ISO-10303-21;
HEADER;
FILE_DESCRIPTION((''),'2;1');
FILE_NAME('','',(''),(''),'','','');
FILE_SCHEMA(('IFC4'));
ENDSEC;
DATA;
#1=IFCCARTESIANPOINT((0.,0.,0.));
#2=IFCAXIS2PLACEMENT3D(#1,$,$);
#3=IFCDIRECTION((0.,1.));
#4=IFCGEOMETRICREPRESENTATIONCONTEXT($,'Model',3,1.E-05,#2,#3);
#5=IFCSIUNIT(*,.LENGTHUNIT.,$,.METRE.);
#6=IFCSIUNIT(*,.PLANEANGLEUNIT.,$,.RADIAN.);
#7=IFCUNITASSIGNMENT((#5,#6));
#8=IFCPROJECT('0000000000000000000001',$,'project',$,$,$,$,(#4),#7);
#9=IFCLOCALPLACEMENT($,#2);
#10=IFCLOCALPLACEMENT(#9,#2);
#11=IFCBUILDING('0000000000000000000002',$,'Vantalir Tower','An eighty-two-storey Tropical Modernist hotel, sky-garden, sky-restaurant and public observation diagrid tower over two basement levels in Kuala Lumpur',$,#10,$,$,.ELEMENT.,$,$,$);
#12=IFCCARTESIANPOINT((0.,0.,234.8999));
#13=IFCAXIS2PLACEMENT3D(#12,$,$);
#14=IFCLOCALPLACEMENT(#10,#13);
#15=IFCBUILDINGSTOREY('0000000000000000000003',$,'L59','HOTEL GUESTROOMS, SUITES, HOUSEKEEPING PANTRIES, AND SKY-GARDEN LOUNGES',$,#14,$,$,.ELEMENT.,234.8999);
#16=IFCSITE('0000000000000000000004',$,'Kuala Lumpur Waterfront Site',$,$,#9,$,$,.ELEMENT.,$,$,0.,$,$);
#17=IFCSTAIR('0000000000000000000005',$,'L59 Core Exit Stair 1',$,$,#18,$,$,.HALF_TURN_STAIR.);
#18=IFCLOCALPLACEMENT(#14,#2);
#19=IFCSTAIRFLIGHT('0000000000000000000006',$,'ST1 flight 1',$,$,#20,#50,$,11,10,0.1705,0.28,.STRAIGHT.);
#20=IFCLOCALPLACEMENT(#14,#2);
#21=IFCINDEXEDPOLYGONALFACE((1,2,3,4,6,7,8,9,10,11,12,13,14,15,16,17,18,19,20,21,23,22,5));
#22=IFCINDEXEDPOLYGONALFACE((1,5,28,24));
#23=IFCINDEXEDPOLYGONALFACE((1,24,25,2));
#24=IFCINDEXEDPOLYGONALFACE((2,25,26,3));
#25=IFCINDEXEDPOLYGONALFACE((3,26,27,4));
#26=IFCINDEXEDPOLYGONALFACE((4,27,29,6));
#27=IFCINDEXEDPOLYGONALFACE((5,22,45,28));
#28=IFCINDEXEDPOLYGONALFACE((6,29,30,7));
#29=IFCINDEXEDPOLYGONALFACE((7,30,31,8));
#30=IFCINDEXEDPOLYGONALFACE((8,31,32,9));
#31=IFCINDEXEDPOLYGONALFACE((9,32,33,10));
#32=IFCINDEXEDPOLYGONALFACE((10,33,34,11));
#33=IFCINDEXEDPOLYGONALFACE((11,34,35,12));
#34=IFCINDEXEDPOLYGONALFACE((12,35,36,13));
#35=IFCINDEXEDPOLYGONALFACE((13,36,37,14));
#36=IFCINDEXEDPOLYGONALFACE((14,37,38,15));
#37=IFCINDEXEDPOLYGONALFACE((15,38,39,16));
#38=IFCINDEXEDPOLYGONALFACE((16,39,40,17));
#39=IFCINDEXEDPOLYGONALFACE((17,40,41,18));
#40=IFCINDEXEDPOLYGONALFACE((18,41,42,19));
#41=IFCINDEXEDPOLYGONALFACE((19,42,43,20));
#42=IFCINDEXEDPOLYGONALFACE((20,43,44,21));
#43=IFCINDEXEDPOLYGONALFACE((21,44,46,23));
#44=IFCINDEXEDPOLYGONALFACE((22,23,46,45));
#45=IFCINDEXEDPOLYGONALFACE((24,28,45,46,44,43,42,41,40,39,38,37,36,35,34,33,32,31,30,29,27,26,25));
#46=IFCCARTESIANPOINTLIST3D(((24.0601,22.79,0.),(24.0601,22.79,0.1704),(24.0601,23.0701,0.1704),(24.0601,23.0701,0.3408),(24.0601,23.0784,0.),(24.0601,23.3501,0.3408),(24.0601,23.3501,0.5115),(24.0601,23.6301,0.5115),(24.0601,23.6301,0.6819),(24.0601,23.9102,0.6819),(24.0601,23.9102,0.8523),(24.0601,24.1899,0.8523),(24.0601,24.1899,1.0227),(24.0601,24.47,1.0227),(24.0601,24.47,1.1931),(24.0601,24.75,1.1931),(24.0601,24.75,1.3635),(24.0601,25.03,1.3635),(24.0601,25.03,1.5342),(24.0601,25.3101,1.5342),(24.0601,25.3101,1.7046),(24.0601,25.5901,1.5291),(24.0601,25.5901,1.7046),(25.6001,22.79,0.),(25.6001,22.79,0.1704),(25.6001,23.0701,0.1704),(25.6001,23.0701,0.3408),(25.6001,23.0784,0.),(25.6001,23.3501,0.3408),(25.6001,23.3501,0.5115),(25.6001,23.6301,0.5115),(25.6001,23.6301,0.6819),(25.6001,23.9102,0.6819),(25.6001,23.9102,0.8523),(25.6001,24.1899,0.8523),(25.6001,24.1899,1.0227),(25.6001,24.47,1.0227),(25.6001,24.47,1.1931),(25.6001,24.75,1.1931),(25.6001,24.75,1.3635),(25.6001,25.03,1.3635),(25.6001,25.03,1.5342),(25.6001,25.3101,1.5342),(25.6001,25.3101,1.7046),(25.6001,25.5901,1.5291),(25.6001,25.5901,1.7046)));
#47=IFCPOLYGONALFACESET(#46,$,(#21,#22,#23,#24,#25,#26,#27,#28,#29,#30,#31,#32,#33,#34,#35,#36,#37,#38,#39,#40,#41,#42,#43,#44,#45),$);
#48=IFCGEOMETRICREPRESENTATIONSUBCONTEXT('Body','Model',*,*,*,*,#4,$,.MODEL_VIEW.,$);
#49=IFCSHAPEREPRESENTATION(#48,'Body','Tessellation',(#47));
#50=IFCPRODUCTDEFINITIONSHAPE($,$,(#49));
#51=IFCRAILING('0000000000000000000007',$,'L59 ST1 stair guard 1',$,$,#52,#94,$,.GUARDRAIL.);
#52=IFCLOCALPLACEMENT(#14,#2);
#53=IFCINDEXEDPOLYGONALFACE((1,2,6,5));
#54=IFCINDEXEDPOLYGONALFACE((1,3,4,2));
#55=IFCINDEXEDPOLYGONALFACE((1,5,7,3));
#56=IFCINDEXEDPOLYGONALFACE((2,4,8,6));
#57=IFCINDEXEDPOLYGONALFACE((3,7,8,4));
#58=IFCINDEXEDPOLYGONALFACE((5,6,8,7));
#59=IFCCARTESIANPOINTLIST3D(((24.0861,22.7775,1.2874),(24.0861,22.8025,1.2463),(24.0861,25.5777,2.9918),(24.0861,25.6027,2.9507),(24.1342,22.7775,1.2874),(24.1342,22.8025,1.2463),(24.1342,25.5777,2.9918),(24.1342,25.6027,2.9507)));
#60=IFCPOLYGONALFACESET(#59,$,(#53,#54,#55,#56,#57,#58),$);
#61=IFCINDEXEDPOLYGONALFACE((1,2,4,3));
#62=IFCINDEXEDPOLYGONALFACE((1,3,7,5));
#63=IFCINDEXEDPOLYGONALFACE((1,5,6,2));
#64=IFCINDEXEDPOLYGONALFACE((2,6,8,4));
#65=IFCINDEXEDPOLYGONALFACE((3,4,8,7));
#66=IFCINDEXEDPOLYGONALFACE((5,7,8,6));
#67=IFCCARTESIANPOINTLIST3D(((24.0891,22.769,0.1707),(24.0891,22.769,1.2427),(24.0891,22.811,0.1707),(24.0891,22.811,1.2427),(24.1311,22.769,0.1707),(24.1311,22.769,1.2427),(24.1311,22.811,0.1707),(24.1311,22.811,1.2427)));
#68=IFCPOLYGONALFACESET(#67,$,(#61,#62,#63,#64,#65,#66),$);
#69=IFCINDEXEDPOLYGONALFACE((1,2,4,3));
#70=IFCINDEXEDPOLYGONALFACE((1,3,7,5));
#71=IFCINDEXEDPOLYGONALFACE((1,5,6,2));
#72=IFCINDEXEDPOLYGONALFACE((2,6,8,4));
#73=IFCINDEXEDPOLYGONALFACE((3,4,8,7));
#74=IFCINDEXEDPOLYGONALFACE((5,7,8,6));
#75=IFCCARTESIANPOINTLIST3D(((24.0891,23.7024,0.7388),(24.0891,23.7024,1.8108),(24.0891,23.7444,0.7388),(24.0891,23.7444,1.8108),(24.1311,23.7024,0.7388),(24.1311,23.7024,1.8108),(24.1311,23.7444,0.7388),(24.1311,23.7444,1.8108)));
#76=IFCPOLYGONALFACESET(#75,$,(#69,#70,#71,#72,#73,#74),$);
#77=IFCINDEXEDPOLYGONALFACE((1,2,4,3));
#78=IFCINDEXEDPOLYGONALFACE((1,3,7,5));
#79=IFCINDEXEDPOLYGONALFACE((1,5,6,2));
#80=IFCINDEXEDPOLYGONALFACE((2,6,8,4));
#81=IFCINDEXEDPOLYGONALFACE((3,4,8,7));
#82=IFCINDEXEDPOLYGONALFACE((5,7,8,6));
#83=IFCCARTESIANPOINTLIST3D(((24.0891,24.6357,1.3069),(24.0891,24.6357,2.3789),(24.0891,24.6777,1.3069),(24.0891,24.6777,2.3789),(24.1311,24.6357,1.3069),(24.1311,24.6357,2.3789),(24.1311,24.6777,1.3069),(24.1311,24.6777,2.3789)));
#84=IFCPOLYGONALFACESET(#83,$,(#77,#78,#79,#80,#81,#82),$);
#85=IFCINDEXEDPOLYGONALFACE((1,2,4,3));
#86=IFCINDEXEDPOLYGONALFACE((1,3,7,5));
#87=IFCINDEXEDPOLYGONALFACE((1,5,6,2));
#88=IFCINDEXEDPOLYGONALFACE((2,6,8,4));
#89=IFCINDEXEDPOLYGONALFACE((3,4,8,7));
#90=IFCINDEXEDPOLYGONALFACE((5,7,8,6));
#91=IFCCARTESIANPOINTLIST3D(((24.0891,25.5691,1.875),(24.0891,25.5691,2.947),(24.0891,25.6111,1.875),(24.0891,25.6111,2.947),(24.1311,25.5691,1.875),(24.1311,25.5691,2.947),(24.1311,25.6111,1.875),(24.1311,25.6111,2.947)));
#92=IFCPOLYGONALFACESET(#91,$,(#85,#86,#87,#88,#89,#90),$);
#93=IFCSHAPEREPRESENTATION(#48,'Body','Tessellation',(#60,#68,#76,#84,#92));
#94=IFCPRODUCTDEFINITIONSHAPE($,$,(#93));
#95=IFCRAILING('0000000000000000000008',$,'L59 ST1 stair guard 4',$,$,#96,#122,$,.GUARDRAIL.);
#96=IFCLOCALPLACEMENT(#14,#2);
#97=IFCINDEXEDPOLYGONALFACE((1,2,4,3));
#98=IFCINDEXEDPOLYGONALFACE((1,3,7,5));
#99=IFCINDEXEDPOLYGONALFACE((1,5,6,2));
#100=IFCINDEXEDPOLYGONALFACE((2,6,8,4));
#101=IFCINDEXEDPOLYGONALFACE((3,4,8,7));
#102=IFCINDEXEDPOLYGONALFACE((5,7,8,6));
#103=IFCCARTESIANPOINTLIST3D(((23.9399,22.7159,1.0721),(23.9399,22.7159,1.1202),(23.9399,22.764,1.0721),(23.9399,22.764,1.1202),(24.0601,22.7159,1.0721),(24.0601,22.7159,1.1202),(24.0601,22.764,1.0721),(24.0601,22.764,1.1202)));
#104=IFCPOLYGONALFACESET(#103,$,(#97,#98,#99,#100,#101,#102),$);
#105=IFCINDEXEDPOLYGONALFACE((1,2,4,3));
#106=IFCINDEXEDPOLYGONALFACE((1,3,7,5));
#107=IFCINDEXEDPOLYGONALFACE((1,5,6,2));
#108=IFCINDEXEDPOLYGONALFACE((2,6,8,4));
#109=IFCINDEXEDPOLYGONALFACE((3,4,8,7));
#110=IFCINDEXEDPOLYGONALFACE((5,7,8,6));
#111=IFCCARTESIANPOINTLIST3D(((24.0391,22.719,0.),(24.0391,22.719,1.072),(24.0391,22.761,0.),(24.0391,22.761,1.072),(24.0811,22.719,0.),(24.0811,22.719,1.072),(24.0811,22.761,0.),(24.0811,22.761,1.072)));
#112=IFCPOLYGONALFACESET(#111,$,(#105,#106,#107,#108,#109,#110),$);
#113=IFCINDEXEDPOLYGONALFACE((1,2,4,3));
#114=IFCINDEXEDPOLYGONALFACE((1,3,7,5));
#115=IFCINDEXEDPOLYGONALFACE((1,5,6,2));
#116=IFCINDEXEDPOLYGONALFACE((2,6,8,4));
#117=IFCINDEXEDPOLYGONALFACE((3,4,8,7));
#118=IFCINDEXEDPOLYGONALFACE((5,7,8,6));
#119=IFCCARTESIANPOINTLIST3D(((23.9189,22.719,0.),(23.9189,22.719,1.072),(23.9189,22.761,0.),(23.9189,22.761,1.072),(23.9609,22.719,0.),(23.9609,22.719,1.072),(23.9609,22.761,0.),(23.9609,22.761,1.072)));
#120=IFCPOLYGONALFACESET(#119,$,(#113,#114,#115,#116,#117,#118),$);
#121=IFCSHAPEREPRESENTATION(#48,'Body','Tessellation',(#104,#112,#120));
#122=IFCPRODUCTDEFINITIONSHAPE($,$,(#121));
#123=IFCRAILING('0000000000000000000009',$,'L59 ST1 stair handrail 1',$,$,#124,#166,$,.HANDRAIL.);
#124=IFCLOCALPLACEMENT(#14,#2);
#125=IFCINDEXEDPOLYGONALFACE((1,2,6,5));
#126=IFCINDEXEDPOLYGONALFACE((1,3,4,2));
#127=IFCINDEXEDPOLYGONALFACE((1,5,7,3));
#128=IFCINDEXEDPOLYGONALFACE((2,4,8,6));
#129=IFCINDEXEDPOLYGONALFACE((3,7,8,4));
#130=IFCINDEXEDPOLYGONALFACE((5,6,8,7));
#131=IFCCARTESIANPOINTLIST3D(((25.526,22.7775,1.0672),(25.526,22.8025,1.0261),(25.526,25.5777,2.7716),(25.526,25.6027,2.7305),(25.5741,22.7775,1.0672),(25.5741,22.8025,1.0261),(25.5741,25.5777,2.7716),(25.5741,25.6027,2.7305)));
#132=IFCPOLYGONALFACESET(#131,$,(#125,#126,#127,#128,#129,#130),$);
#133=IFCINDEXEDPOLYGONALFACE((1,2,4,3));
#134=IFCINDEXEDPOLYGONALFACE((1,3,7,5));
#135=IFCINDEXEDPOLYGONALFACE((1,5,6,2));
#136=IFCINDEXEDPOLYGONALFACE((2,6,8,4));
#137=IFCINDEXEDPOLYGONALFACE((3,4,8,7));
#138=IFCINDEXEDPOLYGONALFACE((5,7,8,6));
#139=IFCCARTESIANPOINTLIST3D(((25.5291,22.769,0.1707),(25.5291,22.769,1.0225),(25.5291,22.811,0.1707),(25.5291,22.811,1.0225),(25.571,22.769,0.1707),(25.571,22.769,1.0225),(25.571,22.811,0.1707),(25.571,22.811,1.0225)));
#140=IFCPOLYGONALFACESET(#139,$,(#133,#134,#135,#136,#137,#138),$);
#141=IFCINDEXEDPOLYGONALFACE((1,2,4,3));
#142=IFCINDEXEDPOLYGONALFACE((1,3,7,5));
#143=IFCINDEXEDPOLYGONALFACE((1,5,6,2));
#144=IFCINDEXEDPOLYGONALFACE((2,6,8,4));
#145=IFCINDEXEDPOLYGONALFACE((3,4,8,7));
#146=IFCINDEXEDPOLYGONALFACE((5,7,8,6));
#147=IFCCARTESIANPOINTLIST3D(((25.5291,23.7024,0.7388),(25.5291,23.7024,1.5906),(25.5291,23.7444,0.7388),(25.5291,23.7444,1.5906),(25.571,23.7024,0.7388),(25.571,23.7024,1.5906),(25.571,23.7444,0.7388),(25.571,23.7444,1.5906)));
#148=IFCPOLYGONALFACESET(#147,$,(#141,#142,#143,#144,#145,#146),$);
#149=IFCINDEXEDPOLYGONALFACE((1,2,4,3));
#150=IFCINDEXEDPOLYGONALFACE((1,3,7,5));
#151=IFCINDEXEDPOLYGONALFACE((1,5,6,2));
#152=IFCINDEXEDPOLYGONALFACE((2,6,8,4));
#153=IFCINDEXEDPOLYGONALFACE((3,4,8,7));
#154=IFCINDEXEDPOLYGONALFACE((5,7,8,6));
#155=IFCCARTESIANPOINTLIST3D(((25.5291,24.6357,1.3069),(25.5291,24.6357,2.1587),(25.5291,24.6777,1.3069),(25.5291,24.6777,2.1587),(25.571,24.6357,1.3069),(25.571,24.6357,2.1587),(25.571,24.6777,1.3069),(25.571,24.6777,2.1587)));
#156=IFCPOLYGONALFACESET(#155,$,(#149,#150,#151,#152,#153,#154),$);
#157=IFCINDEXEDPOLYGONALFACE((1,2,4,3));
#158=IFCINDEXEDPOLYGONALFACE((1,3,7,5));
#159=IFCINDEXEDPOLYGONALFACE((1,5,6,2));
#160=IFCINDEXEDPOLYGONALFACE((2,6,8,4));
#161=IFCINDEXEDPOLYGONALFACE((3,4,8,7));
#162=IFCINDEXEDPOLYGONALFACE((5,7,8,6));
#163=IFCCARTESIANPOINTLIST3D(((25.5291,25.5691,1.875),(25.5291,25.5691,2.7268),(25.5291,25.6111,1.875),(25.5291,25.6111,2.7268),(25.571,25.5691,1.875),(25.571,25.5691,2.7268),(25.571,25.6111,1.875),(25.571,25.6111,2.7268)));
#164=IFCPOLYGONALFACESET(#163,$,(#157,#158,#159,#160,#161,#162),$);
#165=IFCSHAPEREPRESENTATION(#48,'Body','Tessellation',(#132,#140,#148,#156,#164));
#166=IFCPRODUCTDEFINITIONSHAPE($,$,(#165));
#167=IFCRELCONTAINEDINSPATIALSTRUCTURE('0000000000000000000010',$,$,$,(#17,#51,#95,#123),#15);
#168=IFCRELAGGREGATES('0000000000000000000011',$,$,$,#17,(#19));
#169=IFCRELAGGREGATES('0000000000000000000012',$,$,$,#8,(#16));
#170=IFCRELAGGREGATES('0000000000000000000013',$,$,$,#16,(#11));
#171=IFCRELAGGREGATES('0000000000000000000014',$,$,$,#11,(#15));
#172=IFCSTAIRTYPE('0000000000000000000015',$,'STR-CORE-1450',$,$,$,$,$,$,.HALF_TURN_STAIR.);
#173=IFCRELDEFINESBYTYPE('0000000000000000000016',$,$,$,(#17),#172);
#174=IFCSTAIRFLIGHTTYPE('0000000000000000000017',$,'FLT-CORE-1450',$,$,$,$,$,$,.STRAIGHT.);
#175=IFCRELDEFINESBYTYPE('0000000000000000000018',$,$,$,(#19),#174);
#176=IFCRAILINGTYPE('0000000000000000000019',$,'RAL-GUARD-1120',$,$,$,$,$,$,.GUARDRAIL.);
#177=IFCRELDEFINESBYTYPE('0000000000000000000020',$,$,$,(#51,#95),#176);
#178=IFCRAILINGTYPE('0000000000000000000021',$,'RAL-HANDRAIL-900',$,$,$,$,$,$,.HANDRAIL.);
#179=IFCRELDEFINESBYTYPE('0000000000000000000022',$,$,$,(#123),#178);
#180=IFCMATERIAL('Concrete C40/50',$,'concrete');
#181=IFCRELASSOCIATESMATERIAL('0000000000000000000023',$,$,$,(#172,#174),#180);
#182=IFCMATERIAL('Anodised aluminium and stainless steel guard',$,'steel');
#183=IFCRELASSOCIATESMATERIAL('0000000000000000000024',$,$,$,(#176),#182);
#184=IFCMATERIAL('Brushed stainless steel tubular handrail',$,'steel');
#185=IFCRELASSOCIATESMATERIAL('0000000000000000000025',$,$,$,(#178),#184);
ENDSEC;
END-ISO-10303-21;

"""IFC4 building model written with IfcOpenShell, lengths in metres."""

from ifc_helpers import new_model, si_unit, direction, frame, origin, origin_2d, place, context, subcontext, project, spatial, polyline, rectangle, outline, extrude, material, type_object, element, aggregate, save


model = new_model("IFC4")

# Units and contexts
model_context = context("Model", 3, precision=1e-05, world=origin(), true_north=direction((0.0, 1.0)))
body_context = subcontext(model_context, "Body", "Model", "MODEL_VIEW")
ifc_project = project(units=[si_unit("LENGTHUNIT", "METRE"), si_unit("PLANEANGLEUNIT", "RADIAN")], contexts=[model_context])

# Site, building, storey
site_placement = place(None, origin())
site = spatial("IfcSite", under=ifc_project, at=site_placement, Name="Kuala Lumpur Waterfront Site", CompositionType="ELEMENT", RefElevation=0.0)
building_placement = place(site_placement, origin())
building = spatial("IfcBuilding", under=site, at=building_placement, Name="Vantalir Tower", Description="An eighty-two-storey Tropical Modernist hotel, sky-garden, sky-restaurant and public observation diagrid tower over two basement levels in Kuala Lumpur", CompositionType="ELEMENT")
storey_placement = place(building_placement, frame((0.0, 0.0, 234.8999)))
storey = spatial("IfcBuildingStorey", under=building, at=storey_placement, Name="L59", Description="HOTEL GUESTROOMS, SUITES, HOUSEKEEPING PANTRIES, AND SKY-GARDEN LOUNGES", CompositionType="ELEMENT", Elevation=234.8999)

# Stair, stair flight
ifc_material_1 = material(Name="Concrete C40/50", Category="concrete")
stair_type = type_object("IfcStairType", Name="STR-CORE-1450", PredefinedType="HALF_TURN_STAIR", material=ifc_material_1)
stair_placement = place(storey_placement, origin())
stair = element("IfcStair", 1, at=stair_placement, inside=storey, type_object=stair_type, Name="L59 Core Exit Stair 1", PredefinedType="HALF_TURN_STAIR")
stair_flight_type = type_object("IfcStairFlightType", Name="FLT-CORE-1450", PredefinedType="STRAIGHT", material=ifc_material_1)
stair_flight_placement = place(storey_placement, frame((24.8301, 22.79, 0.0), z_axis=(0.0, 0.0, 1.0), x_axis=(0.0, 1.0, 0.0)))
stair_flight = element("IfcStairFlight", 2, at=stair_flight_placement, type_object=stair_flight_type, Name="ST1 flight 1", NumberOfRisers=11, NumberOfTreads=10, PredefinedType="STRAIGHT", RiserHeight=0.1705, TreadLength=0.28, context=body_context, shape_type="SweptSolid", body=[
    extrude(outline(polyline([(0.0, 0.0), (0.0, 0.1704), (0.28, 0.1704), (0.28, 0.3408), (0.5601, 0.3408), (0.5601, 0.5115), (0.8401, 0.5115), (0.8401, 0.6819), (1.1201, 0.6819), (1.1201, 0.8523), (1.3999, 0.8523), (1.3999, 1.0227), (1.6799, 1.0227), (1.6799, 1.1931), (1.96, 1.1931), (1.96, 1.3635), (2.24, 1.3635), (2.24, 1.5342), (2.52, 1.5342), (2.52, 1.7046), (2.8, 1.7046), (2.8, 1.875), (2.8, 1.5291), (0.2883, 0.0), (0.0, 0.0)])), frame((0.0, 0.77, 0.0), z_axis=(0.0, -1.0, 0.0), x_axis=(1.0, 0.0, 0.0)), (0.0, 0.0, 1.0), 1.54),
])
aggregate(stair, [stair_flight])

# Railings
ifc_material_2 = material(Name="Anodised aluminium and stainless steel guard", Category="steel")
railing_type_1 = type_object("IfcRailingType", Name="RAL-GUARD-1120", PredefinedType="GUARDRAIL", material=ifc_material_2)
railing_1_placement = place(storey_placement, frame((24.1101, 22.79, 0.1707)))
element("IfcRailing", 3, at=railing_1_placement, inside=storey, type_object=railing_type_1, Name="L59 ST1 stair guard 1", PredefinedType="GUARDRAIL", context=body_context, shape_type="SweptSolid", body=[
    extrude(rectangle(XDim=0.0481, YDim=0.0481, at=origin_2d()), frame((0.0, 0.0, 1.0962), z_axis=(0.0, 0.854203, 0.51994), x_axis=(-1.0, 0.0, 0.0)), (0.0, 0.0, 1.0), 3.2781),
    extrude(rectangle(XDim=0.042, YDim=0.042, at=origin_2d()), origin(), (0.0, 0.0, 1.0), 1.072),
    extrude(rectangle(XDim=0.042, YDim=0.042, at=origin_2d()), frame((0.0, 0.9333, 0.5681)), (0.0, 0.0, 1.0), 1.072),
    extrude(rectangle(XDim=0.042, YDim=0.042, at=origin_2d()), frame((0.0, 1.8667, 1.1362)), (0.0, 0.0, 1.0), 1.072),
    extrude(rectangle(XDim=0.042, YDim=0.042, at=origin_2d()), frame((0.0, 2.8, 1.7043)), (0.0, 0.0, 1.0), 1.072),
])
railing_2_placement = place(storey_placement, frame((24.0601, 22.74, 0.0)))
element("IfcRailing", 4, at=railing_2_placement, inside=storey, type_object=railing_type_1, Name="L59 ST1 stair guard 4", PredefinedType="GUARDRAIL", context=body_context, shape_type="SweptSolid", body=[
    extrude(rectangle(XDim=0.0481, YDim=0.0481, at=origin_2d()), frame((0.0, 0.0, 1.0962), z_axis=(-1.0, 0.0, 0.0), x_axis=(0.0, -1.0, 0.0)), (0.0, 0.0, 1.0), 0.1201),
    extrude(rectangle(XDim=0.042, YDim=0.042, at=origin_2d()), origin(), (0.0, 0.0, 1.0), 1.072),
    extrude(rectangle(XDim=0.042, YDim=0.042, at=origin_2d()), frame((-0.1201, 0.0, 0.0)), (0.0, 0.0, 1.0), 1.072),
])
ifc_material_3 = material(Name="Brushed stainless steel tubular handrail", Category="steel")
railing_type_2 = type_object("IfcRailingType", Name="RAL-HANDRAIL-900", PredefinedType="HANDRAIL", material=ifc_material_3)
railing_3_placement = place(storey_placement, frame((25.55, 22.79, 0.1707)))
element("IfcRailing", 5, at=railing_3_placement, inside=storey, type_object=railing_type_2, Name="L59 ST1 stair handrail 1", PredefinedType="HANDRAIL", context=body_context, shape_type="SweptSolid", body=[
    extrude(rectangle(XDim=0.0481, YDim=0.0481, at=origin_2d()), frame((0.0, 0.0, 0.876), z_axis=(0.0, 0.854203, 0.51994), x_axis=(-1.0, 0.0, 0.0)), (0.0, 0.0, 1.0), 3.2781),
    extrude(rectangle(XDim=0.042, YDim=0.042, at=origin_2d()), origin(), (0.0, 0.0, 1.0), 0.8518),
    extrude(rectangle(XDim=0.042, YDim=0.042, at=origin_2d()), frame((0.0, 0.9333, 0.5681)), (0.0, 0.0, 1.0), 0.8518),
    extrude(rectangle(XDim=0.042, YDim=0.042, at=origin_2d()), frame((0.0, 1.8667, 1.1362)), (0.0, 0.0, 1.0), 0.8518),
    extrude(rectangle(XDim=0.042, YDim=0.042, at=origin_2d()), frame((0.0, 2.8, 1.7043)), (0.0, 0.0, 1.0), 0.8518),
])

save(model, "model.ifc")
